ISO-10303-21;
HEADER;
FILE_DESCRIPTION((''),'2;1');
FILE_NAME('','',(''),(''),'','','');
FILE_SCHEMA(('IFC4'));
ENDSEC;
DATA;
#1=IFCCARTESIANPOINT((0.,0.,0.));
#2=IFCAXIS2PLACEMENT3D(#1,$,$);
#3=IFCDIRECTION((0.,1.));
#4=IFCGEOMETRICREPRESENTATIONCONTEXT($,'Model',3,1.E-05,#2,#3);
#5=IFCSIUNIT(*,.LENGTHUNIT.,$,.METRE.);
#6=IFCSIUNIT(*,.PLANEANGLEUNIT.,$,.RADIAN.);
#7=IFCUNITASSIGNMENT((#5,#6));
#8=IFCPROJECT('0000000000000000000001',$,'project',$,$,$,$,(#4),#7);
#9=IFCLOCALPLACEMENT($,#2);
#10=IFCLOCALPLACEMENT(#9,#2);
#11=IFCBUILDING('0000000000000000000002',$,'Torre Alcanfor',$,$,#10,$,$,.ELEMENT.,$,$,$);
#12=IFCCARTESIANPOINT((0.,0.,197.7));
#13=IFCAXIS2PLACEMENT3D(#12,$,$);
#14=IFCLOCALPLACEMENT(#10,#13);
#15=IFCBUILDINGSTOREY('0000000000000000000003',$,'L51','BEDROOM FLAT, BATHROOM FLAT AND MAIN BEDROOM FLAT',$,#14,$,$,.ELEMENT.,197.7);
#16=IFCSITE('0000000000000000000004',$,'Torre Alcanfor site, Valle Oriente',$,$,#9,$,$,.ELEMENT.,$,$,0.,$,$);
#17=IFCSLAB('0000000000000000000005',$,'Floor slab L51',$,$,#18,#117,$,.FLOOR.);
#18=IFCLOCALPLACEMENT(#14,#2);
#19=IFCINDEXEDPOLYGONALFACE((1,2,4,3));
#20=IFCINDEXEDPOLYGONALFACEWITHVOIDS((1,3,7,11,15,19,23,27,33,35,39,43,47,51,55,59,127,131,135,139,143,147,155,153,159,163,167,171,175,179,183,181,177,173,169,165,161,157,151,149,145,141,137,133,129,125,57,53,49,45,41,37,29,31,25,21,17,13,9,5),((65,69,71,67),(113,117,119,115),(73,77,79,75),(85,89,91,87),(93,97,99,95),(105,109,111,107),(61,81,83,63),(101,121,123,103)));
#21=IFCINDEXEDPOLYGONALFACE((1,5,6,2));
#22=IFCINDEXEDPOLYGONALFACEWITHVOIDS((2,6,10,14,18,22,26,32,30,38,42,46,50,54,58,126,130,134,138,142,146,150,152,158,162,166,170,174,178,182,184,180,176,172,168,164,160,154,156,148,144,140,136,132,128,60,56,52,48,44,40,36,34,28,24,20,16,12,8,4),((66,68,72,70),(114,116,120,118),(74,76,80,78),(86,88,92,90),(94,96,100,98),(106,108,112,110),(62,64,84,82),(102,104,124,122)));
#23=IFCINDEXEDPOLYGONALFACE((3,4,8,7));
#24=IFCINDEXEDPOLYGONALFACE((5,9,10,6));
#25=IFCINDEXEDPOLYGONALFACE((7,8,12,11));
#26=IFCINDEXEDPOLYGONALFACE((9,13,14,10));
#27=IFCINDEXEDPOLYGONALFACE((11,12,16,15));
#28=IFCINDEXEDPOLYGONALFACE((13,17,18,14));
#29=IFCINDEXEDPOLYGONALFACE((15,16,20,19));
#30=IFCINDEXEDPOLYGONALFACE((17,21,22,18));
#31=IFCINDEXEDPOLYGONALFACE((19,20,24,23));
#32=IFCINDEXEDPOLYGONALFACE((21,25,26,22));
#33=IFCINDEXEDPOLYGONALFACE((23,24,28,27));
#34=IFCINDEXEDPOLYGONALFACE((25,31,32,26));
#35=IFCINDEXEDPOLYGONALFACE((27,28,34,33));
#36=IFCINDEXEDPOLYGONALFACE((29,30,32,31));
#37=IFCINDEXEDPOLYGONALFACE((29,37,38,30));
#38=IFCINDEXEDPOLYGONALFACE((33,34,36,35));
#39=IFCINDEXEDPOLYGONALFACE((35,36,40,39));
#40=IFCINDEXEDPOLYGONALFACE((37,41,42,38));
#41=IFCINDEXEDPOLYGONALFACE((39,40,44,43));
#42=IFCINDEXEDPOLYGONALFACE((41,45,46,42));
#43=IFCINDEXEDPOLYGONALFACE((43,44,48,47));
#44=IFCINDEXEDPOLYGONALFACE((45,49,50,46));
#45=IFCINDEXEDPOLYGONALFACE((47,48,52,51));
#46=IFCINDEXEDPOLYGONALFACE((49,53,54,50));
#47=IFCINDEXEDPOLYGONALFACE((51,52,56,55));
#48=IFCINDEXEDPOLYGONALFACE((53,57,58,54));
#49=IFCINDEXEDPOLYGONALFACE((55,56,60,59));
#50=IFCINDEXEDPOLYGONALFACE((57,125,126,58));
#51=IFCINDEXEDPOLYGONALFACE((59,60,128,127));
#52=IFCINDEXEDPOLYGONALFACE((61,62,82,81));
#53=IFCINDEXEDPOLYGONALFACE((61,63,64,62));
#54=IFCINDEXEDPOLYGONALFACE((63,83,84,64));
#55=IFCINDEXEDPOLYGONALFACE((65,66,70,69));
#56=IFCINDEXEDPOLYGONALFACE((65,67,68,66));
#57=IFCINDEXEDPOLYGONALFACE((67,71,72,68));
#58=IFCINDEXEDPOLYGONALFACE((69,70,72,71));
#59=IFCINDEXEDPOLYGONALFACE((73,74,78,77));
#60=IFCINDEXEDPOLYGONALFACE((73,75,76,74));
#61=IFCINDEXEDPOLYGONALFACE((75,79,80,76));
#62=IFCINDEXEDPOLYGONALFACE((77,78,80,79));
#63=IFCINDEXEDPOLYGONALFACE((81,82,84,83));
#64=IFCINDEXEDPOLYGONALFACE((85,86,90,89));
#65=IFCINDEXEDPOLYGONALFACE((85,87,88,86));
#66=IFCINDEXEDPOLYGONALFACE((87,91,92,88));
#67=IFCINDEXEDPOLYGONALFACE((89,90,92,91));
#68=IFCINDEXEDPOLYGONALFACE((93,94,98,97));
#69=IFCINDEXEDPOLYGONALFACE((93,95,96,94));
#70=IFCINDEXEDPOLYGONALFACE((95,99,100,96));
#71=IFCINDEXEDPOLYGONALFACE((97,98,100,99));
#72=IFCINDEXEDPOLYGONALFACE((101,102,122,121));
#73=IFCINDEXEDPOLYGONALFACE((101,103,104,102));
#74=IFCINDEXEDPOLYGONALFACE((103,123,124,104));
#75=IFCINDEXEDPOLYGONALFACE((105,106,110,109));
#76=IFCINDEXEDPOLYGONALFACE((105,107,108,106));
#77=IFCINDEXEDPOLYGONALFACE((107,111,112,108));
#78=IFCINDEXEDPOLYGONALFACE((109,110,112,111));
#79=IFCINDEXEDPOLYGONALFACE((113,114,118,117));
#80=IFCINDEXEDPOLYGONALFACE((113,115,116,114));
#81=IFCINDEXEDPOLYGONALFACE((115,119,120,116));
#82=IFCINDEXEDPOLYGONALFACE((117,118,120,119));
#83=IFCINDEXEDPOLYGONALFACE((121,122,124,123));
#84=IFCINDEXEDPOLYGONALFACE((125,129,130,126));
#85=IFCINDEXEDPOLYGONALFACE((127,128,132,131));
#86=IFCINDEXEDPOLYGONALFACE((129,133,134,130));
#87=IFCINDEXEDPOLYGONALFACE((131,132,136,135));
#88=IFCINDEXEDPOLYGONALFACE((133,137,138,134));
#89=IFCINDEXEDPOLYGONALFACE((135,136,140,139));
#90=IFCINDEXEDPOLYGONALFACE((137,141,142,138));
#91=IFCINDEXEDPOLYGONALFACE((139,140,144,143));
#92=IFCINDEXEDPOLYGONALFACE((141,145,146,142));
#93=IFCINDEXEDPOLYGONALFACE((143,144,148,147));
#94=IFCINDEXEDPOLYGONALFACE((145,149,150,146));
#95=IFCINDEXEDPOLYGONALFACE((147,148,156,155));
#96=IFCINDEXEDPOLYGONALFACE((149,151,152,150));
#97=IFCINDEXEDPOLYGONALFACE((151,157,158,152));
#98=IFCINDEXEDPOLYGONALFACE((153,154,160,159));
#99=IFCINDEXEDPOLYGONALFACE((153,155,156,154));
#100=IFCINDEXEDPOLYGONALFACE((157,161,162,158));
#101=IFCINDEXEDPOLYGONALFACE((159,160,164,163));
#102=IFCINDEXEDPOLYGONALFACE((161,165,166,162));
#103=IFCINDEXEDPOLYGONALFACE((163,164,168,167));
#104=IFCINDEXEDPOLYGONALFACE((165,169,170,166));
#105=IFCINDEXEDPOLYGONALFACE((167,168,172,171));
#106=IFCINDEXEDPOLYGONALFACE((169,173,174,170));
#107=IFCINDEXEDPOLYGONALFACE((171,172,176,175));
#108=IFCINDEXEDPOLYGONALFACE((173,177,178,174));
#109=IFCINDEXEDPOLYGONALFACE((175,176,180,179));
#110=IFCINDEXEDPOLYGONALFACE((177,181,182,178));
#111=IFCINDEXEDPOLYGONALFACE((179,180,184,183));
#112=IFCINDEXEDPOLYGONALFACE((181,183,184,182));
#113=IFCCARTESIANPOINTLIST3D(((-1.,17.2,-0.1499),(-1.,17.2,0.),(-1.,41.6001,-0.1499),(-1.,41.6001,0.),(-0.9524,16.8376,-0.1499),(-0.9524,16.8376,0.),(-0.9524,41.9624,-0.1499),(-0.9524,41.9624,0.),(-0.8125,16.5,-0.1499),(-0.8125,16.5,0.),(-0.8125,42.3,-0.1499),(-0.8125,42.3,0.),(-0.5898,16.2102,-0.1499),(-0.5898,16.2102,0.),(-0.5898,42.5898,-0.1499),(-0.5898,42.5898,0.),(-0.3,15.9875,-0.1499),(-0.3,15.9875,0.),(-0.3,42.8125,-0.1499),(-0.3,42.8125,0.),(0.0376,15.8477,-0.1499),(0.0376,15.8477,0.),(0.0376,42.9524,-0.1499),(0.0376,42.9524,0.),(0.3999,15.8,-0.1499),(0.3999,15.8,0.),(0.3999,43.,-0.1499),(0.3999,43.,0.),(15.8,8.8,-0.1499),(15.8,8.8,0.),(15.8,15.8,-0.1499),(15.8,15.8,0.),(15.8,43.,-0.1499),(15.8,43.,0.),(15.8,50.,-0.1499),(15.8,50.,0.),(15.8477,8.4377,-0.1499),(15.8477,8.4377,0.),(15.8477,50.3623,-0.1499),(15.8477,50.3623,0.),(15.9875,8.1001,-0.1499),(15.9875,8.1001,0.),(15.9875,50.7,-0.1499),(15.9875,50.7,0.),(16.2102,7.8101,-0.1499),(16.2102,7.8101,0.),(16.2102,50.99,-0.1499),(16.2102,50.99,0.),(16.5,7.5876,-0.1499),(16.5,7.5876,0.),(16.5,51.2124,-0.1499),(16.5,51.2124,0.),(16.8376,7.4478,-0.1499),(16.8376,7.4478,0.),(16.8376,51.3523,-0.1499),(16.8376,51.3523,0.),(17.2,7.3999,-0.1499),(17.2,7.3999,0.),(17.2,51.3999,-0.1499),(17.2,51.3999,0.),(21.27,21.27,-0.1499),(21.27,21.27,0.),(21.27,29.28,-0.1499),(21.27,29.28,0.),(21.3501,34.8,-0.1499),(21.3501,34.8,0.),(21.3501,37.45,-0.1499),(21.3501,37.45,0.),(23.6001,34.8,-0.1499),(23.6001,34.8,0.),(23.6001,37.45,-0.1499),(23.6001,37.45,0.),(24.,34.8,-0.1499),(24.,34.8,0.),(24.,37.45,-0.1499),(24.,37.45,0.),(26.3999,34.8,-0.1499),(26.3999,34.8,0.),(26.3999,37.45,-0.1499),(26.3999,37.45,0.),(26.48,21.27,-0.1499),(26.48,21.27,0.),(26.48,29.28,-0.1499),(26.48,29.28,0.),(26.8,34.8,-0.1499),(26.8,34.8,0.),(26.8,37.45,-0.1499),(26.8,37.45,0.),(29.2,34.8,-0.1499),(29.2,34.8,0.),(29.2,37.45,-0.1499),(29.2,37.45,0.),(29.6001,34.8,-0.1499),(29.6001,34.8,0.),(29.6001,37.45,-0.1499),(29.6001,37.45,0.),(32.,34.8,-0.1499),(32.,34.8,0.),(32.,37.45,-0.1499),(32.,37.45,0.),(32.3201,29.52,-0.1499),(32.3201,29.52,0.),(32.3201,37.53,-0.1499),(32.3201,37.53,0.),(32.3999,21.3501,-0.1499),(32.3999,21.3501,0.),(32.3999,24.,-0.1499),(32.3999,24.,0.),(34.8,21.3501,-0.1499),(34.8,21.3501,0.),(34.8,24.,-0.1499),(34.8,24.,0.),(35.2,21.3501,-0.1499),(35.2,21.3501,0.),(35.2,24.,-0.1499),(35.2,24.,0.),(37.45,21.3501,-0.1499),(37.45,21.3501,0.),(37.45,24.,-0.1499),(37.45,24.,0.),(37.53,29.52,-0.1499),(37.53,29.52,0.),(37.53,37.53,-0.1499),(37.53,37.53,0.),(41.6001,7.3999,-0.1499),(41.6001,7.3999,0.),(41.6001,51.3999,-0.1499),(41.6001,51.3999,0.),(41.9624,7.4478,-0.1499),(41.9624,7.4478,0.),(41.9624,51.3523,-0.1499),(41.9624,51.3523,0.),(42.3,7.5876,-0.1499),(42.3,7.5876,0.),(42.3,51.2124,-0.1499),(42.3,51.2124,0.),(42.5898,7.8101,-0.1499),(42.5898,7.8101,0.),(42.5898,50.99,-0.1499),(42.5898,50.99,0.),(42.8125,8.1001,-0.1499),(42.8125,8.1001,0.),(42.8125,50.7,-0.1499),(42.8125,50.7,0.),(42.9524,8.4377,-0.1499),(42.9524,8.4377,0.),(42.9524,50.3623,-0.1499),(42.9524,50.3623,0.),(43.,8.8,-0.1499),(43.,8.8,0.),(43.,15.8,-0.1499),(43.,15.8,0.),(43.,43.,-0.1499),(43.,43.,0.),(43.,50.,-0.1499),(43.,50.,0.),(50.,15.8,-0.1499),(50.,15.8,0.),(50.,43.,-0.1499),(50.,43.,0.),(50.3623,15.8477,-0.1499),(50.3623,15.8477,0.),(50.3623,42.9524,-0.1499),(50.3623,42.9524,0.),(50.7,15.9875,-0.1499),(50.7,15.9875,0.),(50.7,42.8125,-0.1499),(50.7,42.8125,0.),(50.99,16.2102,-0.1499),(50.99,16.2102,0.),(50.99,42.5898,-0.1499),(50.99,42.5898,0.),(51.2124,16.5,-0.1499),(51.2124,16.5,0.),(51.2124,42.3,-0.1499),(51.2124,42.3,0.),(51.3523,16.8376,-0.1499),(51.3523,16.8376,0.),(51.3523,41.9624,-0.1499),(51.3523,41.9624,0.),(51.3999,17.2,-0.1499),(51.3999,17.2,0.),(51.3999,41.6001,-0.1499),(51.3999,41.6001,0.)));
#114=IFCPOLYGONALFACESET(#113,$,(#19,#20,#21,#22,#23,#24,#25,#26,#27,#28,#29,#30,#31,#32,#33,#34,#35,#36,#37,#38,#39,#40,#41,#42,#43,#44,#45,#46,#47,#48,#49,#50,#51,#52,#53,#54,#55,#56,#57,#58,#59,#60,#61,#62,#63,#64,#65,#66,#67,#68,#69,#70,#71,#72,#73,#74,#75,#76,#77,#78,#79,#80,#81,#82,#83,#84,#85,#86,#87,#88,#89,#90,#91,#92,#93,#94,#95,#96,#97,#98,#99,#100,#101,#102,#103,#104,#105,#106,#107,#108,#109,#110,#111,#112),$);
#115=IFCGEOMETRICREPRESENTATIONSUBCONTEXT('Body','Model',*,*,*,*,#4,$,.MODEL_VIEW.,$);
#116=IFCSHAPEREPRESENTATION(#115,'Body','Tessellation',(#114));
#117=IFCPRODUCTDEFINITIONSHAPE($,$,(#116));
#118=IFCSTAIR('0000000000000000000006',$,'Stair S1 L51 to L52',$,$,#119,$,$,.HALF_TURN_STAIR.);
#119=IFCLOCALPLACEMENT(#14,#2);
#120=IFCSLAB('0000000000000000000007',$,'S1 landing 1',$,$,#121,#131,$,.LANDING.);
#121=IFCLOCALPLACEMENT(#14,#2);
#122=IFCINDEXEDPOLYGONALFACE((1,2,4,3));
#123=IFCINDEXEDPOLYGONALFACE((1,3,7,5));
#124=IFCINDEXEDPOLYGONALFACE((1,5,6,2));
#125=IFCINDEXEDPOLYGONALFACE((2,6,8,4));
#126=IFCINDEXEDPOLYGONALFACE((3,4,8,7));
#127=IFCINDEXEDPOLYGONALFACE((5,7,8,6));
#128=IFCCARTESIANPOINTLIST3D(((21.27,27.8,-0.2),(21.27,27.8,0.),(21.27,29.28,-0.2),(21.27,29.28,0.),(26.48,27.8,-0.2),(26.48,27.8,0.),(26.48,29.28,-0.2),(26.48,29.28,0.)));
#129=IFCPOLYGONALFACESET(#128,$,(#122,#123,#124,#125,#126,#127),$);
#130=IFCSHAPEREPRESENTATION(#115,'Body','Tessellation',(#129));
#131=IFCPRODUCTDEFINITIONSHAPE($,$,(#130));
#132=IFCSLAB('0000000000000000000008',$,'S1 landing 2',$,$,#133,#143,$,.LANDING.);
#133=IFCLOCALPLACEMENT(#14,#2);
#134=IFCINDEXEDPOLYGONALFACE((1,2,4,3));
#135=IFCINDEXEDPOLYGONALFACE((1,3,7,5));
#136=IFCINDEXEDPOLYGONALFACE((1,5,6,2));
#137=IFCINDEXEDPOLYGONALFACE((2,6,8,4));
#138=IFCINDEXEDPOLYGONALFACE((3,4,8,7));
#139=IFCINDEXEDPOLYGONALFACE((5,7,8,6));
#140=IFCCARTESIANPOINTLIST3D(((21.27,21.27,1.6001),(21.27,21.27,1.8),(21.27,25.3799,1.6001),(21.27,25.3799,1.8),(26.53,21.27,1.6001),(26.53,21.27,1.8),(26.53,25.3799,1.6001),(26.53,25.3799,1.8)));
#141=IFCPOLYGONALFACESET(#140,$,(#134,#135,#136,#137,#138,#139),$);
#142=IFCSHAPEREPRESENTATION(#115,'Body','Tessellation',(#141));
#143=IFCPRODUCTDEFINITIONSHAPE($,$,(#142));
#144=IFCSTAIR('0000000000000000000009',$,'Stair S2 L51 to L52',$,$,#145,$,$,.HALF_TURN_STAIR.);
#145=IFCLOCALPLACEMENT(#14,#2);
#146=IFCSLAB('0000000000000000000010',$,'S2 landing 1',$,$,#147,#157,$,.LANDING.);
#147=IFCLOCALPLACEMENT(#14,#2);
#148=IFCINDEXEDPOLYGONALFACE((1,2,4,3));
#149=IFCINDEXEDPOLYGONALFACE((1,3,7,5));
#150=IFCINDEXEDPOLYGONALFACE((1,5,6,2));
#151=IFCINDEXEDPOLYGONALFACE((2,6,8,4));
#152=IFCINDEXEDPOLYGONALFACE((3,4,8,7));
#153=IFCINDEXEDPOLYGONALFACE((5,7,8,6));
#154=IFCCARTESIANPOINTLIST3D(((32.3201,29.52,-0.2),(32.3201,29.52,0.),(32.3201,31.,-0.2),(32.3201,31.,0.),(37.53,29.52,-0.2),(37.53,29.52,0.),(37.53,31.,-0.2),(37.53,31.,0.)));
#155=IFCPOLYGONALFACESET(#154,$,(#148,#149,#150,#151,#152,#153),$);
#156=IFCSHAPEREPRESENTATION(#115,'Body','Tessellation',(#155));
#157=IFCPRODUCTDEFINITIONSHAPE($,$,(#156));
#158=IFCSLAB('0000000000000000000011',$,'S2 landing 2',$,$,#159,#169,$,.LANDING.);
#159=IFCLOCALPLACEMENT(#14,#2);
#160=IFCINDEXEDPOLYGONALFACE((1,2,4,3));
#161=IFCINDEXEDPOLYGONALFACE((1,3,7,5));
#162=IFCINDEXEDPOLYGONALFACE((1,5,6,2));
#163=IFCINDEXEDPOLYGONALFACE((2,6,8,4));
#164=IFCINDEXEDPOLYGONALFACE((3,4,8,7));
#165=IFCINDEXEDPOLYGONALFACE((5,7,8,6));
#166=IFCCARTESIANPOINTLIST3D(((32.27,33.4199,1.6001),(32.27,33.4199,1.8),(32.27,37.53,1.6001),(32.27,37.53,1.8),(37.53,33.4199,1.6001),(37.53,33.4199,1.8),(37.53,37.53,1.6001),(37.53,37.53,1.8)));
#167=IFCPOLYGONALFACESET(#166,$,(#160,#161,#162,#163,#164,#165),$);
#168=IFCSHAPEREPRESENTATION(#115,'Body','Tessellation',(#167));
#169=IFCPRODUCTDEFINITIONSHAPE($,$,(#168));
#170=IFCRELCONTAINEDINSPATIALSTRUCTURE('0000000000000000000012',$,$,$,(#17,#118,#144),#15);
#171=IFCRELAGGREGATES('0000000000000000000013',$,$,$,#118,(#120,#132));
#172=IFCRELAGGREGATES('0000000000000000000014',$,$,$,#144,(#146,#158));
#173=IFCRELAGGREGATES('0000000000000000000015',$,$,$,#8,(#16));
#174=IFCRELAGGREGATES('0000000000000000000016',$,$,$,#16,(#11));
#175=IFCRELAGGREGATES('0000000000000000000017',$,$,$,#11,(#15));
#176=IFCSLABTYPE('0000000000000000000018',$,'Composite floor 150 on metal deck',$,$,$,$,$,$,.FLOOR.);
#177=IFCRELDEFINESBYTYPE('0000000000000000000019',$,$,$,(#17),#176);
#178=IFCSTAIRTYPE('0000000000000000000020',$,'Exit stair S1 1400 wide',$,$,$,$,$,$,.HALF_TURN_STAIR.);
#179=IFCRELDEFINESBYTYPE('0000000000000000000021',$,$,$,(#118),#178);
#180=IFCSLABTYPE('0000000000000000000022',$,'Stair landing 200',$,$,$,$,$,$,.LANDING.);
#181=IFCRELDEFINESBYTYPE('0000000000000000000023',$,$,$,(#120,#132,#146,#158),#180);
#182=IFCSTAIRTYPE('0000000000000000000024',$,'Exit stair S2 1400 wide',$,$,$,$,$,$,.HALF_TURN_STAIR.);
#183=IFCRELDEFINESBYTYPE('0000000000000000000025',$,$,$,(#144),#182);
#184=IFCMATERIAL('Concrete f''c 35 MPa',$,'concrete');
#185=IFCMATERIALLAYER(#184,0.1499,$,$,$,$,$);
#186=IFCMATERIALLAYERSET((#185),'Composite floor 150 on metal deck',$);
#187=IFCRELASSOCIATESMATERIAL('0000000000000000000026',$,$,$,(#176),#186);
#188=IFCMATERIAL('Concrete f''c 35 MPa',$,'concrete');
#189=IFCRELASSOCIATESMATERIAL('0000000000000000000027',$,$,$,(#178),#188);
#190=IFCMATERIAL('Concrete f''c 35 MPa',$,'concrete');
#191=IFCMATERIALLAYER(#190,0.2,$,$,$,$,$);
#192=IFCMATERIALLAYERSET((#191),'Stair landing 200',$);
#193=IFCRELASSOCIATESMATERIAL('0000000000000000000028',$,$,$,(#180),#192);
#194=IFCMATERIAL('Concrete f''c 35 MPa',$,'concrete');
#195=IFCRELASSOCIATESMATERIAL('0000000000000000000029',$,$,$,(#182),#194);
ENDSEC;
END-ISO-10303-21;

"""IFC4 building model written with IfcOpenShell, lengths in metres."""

from ifc_helpers import new_model, si_unit, direction, frame, origin, place, context, subcontext, project, spatial, polyline, outline, extrude, material, layer, layer_set, type_object, element, aggregate, save


model = new_model("IFC4")

# Units and contexts
model_context = context("Model", 3, precision=1e-05, world=origin(), true_north=direction((0.0, 1.0)))
body_context = subcontext(model_context, "Body", "Model", "MODEL_VIEW")
ifc_project = project(units=[si_unit("LENGTHUNIT", "METRE"), si_unit("PLANEANGLEUNIT", "RADIAN")], contexts=[model_context])

# Site, building, storey
site_placement = place(None, origin())
site = spatial("IfcSite", under=ifc_project, at=site_placement, Name="Torre Alcanfor site, Valle Oriente", CompositionType="ELEMENT", RefElevation=0.0)
building_placement = place(site_placement, origin())
building = spatial("IfcBuilding", under=site, at=building_placement, Name="Torre Alcanfor", CompositionType="ELEMENT")
storey_placement = place(building_placement, frame((0.0, 0.0, 197.7)))
storey = spatial("IfcBuildingStorey", under=building, at=storey_placement, Name="L51", Description="BEDROOM FLAT, BATHROOM FLAT AND MAIN BEDROOM FLAT", CompositionType="ELEMENT", Elevation=197.7)

# Slab
ifc_material_1 = material(Name="Concrete f'c 35 MPa", Category="concrete")
ifc_layer_1 = layer(ifc_material_1, 0.1499)
ifc_layer_set_1 = layer_set([ifc_layer_1], Name="Composite floor 150 on metal deck")
slab_type_1 = type_object("IfcSlabType", Name="Composite floor 150 on metal deck", PredefinedType="FLOOR", material=ifc_layer_set_1)
slab_1_placement = place(storey_placement, frame((0.0, 0.0, -0.1499)))
element("IfcSlab", 1, at=slab_1_placement, inside=storey, type_object=slab_type_1, Name="Floor slab L51", PredefinedType="FLOOR", context=body_context, shape_type="SweptSolid", body=[
    extrude(outline(polyline([(15.8, 43.0), (0.3999, 43.0), (0.0376, 42.9524), (-0.3, 42.8125), (-0.5898, 42.5898), (-0.8125, 42.3), (-0.9524, 41.9624), (-1.0, 41.6001), (-1.0, 17.2), (-0.9524, 16.8376), (-0.8125, 16.5), (-0.5898, 16.2102), (-0.3, 15.9875), (0.0376, 15.8477), (0.3999, 15.8), (15.8, 15.8), (15.8, 8.8), (15.8477, 8.4377), (15.9875, 8.1001), (16.2102, 7.8101), (16.5, 7.5876), (16.8376, 7.4478), (17.2, 7.3999), (41.6001, 7.3999), (41.9624, 7.4478), (42.3, 7.5876), (42.5898, 7.8101), (42.8125, 8.1001), (42.9524, 8.4377), (43.0, 8.8), (43.0, 15.8), (50.0, 15.8), (50.3623, 15.8477), (50.7, 15.9875), (50.99, 16.2102), (51.2124, 16.5), (51.3523, 16.8376), (51.3999, 17.2), (51.3999, 41.6001), (51.3523, 41.9624), (51.2124, 42.3), (50.99, 42.5898), (50.7, 42.8125), (50.3623, 42.9524), (50.0, 43.0), (43.0, 43.0), (43.0, 50.0), (42.9524, 50.3623), (42.8125, 50.7), (42.5898, 50.99), (42.3, 51.2124), (41.9624, 51.3523), (41.6001, 51.3999), (17.2, 51.3999), (16.8376, 51.3523), (16.5, 51.2124), (16.2102, 50.99), (15.9875, 50.7), (15.8477, 50.3623), (15.8, 50.0), (15.8, 43.0)]), holes=[polyline([(21.27, 21.27), (26.48, 21.27), (26.48, 29.28), (21.27, 29.28), (21.27, 21.27)]), polyline([(32.3201, 29.52), (37.53, 29.52), (37.53, 37.53), (32.3201, 37.53), (32.3201, 29.52)]), polyline([(32.3999, 21.3501), (34.8, 21.3501), (34.8, 24.0), (32.3999, 24.0), (32.3999, 21.3501)]), polyline([(35.2, 21.3501), (37.45, 21.3501), (37.45, 24.0), (35.2, 24.0), (35.2, 21.3501)]), polyline([(21.3501, 34.8), (23.6001, 34.8), (23.6001, 37.45), (21.3501, 37.45), (21.3501, 34.8)]), polyline([(24.0, 34.8), (26.3999, 34.8), (26.3999, 37.45), (24.0, 37.45), (24.0, 34.8)]), polyline([(26.8, 34.8), (29.2, 34.8), (29.2, 37.45), (26.8, 37.45), (26.8, 34.8)]), polyline([(29.6001, 34.8), (32.0, 34.8), (32.0, 37.45), (29.6001, 37.45), (29.6001, 34.8)])]), origin(), (0.0, 0.0, 1.0), 0.1499),
])

# Stairs, slabs
ifc_material_2 = material(Name="Concrete f'c 35 MPa", Category="concrete")
stair_type_1 = type_object("IfcStairType", Name="Exit stair S1 1400 wide", PredefinedType="HALF_TURN_STAIR", material=ifc_material_2)
stair_1_placement = place(storey_placement, origin())
stair_1 = element("IfcStair", 2, at=stair_1_placement, inside=storey, type_object=stair_type_1, Name="Stair S1 L51 to L52", PredefinedType="HALF_TURN_STAIR")
ifc_material_3 = material(Name="Concrete f'c 35 MPa", Category="concrete")
ifc_layer_2 = layer(ifc_material_3, 0.2)
ifc_layer_set_2 = layer_set([ifc_layer_2], Name="Stair landing 200")
slab_type_2 = type_object("IfcSlabType", Name="Stair landing 200", PredefinedType="LANDING", material=ifc_layer_set_2)
slab_2_placement = place(storey_placement, frame((0.0, 0.0, -0.2)))
slab_2 = element("IfcSlab", 3, at=slab_2_placement, type_object=slab_type_2, Name="S1 landing 1", PredefinedType="LANDING", context=body_context, shape_type="SweptSolid", body=[
    extrude(outline(polyline([(21.27, 27.8), (26.48, 27.8), (26.48, 29.28), (21.27, 29.28), (21.27, 27.8)])), origin(), (0.0, 0.0, 1.0), 0.2),
])
slab_3_placement = place(storey_placement, frame((0.0, 0.0, 1.6001)))
slab_3 = element("IfcSlab", 4, at=slab_3_placement, type_object=slab_type_2, Name="S1 landing 2", PredefinedType="LANDING", context=body_context, shape_type="SweptSolid", body=[
    extrude(outline(polyline([(21.27, 21.27), (26.53, 21.27), (26.53, 25.3799), (21.27, 25.3799), (21.27, 21.27)])), origin(), (0.0, 0.0, 1.0), 0.2),
])
aggregate(stair_1, [slab_2, slab_3])
ifc_material_4 = material(Name="Concrete f'c 35 MPa", Category="concrete")
stair_type_2 = type_object("IfcStairType", Name="Exit stair S2 1400 wide", PredefinedType="HALF_TURN_STAIR", material=ifc_material_4)
stair_2_placement = place(storey_placement, origin())
stair_2 = element("IfcStair", 5, at=stair_2_placement, inside=storey, type_object=stair_type_2, Name="Stair S2 L51 to L52", PredefinedType="HALF_TURN_STAIR")
slab_4_placement = place(storey_placement, frame((0.0, 0.0, -0.2)))
slab_4 = element("IfcSlab", 6, at=slab_4_placement, type_object=slab_type_2, Name="S2 landing 1", PredefinedType="LANDING", context=body_context, shape_type="SweptSolid", body=[
    extrude(outline(polyline([(32.3201, 29.52), (37.53, 29.52), (37.53, 31.0), (32.3201, 31.0), (32.3201, 29.52)])), origin(), (0.0, 0.0, 1.0), 0.2),
])
slab_5_placement = place(storey_placement, frame((0.0, 0.0, 1.6001)))
slab_5 = element("IfcSlab", 7, at=slab_5_placement, type_object=slab_type_2, Name="S2 landing 2", PredefinedType="LANDING", context=body_context, shape_type="SweptSolid", body=[
    extrude(outline(polyline([(32.27, 33.4199), (37.53, 33.4199), (37.53, 37.53), (32.27, 37.53), (32.27, 33.4199)])), origin(), (0.0, 0.0, 1.0), 0.2),
])
aggregate(stair_2, [slab_4, slab_5])

save(model, "model.ifc")
